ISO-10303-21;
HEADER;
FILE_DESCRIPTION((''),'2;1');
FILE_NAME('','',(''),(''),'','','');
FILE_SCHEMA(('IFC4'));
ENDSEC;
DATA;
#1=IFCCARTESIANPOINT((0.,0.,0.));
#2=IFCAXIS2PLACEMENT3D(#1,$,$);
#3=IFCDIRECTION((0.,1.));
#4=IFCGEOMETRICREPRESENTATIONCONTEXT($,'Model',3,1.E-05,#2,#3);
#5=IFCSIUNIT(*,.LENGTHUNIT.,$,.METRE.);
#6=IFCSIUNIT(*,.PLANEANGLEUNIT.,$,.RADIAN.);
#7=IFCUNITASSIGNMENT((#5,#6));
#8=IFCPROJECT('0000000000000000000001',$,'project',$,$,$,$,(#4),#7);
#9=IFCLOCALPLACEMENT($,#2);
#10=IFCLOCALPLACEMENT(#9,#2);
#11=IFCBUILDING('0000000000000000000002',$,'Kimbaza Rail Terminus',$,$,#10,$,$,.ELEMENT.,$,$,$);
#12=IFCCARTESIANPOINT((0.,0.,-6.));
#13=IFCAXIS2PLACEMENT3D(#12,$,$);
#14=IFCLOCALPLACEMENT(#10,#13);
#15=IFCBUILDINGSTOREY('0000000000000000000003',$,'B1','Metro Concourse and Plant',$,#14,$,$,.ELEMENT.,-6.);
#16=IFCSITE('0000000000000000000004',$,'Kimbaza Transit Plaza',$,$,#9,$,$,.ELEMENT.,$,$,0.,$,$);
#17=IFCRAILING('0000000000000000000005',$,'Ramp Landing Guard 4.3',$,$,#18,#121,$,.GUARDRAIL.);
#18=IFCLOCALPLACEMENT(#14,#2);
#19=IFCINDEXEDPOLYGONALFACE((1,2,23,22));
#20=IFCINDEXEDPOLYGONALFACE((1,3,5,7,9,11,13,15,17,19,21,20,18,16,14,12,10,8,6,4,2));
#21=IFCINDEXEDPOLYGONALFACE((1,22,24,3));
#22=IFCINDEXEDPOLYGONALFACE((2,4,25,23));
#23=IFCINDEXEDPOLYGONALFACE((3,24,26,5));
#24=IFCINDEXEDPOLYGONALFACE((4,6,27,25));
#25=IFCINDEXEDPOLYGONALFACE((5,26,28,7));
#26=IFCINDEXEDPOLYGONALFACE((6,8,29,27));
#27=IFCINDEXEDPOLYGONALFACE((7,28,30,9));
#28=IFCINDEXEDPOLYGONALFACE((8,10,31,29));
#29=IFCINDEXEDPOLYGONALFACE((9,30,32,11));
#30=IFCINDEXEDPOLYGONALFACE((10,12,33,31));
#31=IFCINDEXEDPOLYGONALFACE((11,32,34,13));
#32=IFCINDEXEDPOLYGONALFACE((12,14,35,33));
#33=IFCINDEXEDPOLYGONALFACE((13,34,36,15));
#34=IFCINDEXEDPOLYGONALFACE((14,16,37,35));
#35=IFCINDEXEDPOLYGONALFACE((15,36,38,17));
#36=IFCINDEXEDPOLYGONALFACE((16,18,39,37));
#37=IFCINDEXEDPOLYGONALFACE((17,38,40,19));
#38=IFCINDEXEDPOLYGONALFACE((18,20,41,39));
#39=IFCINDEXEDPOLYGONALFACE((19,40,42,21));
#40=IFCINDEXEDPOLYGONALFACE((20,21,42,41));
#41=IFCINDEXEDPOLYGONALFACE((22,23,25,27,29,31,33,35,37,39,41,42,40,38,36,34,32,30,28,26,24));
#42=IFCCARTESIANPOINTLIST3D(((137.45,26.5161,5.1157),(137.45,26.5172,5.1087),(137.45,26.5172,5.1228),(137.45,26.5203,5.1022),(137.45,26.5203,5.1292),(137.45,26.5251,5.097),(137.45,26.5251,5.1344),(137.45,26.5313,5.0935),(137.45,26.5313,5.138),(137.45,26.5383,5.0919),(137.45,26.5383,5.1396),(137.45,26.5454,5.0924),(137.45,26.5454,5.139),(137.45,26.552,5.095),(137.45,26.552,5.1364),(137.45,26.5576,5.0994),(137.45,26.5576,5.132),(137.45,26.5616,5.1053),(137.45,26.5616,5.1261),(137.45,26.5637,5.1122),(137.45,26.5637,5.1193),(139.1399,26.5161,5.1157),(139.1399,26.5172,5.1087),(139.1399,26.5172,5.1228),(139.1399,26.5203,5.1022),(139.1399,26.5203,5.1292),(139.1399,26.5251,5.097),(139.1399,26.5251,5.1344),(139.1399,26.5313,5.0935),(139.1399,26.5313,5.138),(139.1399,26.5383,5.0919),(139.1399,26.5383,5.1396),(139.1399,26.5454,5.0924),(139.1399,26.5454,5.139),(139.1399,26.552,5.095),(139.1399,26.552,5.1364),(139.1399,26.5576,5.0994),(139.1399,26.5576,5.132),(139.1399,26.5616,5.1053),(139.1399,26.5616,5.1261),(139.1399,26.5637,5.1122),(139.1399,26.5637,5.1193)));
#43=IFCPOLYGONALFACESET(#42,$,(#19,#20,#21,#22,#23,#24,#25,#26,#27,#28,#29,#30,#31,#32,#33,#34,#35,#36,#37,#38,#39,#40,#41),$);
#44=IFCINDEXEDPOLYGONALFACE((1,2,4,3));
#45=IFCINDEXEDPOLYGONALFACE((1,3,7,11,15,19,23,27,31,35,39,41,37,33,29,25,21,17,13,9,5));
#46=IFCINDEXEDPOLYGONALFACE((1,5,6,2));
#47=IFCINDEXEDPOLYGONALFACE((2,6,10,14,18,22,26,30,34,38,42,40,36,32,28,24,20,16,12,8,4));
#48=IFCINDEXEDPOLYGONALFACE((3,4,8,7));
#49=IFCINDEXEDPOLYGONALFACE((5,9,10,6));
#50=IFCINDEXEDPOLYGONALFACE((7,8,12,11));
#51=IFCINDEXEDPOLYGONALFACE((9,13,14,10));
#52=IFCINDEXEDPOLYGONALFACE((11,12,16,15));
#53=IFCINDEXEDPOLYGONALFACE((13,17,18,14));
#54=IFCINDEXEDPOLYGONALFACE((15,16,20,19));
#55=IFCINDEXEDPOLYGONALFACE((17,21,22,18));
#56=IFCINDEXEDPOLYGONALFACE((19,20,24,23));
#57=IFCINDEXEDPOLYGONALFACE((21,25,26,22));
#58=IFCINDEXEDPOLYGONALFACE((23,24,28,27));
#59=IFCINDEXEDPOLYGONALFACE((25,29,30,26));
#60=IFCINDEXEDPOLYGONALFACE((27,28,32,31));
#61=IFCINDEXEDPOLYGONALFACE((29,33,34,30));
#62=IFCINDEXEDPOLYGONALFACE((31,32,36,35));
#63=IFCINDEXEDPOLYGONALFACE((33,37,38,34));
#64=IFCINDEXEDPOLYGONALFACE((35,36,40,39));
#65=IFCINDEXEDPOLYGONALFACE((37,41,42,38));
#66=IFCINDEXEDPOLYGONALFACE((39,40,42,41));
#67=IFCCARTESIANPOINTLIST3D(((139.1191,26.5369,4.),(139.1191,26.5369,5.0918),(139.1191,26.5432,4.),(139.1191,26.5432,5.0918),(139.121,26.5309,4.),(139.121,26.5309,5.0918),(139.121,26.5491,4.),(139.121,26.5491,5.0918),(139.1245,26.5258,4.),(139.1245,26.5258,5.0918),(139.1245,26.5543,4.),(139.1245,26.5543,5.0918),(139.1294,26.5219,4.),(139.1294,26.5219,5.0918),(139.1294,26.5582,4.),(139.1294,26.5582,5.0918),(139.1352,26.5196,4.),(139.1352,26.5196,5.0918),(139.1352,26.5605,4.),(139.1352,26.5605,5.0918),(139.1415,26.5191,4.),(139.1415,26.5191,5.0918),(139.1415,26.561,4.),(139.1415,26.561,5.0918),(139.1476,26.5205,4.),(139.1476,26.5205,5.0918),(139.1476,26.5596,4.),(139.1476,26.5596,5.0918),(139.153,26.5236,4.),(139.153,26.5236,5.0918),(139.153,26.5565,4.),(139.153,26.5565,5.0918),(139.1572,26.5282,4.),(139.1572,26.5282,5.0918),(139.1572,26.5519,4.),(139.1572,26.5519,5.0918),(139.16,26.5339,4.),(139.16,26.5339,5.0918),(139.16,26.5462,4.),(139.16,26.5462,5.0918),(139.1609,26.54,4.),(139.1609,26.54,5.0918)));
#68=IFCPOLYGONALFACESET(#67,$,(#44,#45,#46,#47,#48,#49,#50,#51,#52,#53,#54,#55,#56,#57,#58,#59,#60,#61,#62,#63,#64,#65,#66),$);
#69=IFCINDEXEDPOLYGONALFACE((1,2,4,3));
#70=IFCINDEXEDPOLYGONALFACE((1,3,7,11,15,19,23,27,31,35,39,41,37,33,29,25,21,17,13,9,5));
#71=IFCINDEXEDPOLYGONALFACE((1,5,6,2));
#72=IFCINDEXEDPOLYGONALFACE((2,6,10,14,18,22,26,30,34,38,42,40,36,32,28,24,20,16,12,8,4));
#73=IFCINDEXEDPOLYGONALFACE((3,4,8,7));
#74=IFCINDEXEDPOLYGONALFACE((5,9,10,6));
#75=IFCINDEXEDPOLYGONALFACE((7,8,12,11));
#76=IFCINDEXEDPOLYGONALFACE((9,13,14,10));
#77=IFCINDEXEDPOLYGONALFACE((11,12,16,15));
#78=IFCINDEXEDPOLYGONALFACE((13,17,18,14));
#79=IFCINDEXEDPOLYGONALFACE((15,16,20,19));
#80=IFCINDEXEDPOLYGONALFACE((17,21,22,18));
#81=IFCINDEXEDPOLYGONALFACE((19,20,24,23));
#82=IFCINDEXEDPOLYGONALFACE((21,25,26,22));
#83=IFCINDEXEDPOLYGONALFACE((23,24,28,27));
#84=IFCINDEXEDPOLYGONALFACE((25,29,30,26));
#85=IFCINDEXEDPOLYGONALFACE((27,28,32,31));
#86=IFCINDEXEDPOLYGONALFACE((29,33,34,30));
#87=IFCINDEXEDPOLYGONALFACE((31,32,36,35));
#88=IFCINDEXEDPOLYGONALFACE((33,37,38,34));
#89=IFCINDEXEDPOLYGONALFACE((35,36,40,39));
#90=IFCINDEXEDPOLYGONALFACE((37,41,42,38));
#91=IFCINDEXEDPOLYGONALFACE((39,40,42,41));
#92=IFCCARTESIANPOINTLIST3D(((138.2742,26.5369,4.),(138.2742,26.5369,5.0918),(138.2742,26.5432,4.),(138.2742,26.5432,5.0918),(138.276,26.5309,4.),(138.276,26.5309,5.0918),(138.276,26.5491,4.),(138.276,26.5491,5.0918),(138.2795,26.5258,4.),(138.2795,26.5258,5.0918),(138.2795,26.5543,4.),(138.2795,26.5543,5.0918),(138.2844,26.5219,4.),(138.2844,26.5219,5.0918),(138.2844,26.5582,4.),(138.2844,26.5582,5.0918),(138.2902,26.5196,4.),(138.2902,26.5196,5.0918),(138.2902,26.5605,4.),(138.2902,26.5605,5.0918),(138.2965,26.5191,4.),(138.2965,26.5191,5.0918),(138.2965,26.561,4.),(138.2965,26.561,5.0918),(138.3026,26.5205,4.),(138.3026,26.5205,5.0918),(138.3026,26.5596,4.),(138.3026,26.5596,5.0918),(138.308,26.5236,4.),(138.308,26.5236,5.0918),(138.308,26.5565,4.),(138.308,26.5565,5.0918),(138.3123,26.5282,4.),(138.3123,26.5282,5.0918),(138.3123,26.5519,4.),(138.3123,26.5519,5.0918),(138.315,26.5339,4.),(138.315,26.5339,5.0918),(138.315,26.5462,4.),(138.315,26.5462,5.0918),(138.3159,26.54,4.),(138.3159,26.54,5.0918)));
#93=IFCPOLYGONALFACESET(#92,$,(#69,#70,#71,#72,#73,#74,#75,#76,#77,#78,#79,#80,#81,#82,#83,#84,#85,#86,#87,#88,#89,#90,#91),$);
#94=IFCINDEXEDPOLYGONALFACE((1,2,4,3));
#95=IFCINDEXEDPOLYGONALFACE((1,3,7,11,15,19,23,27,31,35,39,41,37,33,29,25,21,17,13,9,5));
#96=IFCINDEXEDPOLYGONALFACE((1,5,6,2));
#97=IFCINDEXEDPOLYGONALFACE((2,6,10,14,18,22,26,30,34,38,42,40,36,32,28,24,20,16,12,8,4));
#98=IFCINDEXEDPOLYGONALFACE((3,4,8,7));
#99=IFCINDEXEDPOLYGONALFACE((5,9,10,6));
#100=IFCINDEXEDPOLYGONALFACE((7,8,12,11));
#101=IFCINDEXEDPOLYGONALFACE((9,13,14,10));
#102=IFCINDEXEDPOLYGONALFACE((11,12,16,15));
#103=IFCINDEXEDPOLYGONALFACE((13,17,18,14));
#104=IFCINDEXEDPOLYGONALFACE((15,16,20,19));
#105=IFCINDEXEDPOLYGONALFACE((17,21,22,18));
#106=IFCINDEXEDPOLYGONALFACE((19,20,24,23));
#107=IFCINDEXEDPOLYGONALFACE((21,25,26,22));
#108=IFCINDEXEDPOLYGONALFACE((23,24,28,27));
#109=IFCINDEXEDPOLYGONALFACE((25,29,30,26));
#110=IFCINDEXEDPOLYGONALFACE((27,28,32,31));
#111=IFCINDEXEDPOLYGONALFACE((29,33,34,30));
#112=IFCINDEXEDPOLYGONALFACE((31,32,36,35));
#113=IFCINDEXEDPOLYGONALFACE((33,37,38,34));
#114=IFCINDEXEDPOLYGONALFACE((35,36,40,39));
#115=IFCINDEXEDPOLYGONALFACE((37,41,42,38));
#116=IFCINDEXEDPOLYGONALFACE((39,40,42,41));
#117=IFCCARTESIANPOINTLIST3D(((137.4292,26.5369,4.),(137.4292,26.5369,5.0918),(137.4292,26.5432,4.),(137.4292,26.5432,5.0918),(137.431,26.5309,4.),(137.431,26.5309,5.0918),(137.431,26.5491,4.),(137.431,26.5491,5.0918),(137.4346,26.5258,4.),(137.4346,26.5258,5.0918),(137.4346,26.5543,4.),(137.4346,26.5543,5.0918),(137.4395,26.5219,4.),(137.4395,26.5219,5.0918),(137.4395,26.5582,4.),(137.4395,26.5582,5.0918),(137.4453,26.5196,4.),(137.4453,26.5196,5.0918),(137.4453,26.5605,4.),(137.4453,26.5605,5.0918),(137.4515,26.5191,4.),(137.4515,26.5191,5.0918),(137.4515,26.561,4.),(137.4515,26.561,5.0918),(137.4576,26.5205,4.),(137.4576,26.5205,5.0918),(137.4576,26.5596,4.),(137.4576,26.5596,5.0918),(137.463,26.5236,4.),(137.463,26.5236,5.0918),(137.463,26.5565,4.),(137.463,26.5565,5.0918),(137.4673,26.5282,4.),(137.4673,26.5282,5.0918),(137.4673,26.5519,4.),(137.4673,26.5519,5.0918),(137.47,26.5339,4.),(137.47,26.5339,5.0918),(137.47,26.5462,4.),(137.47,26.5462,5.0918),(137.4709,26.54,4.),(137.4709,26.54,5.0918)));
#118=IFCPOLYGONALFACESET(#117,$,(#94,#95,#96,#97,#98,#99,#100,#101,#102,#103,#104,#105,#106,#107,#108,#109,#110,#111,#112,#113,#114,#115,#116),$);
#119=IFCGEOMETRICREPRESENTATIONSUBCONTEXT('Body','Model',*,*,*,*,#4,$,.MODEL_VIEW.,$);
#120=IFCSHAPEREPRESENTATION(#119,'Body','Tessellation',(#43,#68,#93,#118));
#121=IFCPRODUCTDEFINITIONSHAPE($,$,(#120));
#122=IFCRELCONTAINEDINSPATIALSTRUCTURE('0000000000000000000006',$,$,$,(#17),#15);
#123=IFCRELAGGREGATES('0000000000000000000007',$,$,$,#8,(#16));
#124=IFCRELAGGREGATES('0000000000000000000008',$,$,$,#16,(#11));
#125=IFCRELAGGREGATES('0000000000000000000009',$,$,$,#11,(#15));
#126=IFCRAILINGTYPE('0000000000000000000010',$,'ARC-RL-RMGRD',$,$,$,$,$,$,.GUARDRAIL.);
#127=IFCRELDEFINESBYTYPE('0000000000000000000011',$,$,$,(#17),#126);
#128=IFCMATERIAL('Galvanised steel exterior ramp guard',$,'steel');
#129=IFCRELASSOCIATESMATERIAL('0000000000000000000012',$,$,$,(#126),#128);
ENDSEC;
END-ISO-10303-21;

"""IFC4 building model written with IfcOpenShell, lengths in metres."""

from ifc_helpers import new_model, si_unit, direction, frame, origin, origin_2d, place, context, subcontext, project, spatial, circle, extrude, material, type_object, element, save


model = new_model("IFC4")

# Units and contexts
model_context = context("Model", 3, precision=1e-05, world=origin(), true_north=direction((0.0, 1.0)))
body_context = subcontext(model_context, "Body", "Model", "MODEL_VIEW")
ifc_project = project(units=[si_unit("LENGTHUNIT", "METRE"), si_unit("PLANEANGLEUNIT", "RADIAN")], contexts=[model_context])

# Site, building, storey
site_placement = place(None, origin())
site = spatial("IfcSite", under=ifc_project, at=site_placement, Name="Kimbaza Transit Plaza", CompositionType="ELEMENT", RefElevation=0.0)
building_placement = place(site_placement, origin())
building = spatial("IfcBuilding", under=site, at=building_placement, Name="Kimbaza Rail Terminus", CompositionType="ELEMENT")
storey_placement = place(building_placement, frame((0.0, 0.0, -6.0)))
storey = spatial("IfcBuildingStorey", under=building, at=storey_placement, Name="B1", Description="Metro Concourse and Plant", CompositionType="ELEMENT", Elevation=-6.0)

# Railing
ifc_material_1 = material(Name="Galvanised steel exterior ramp guard", Category="steel")
railing_type = type_object("IfcRailingType", Name="ARC-RL-RMGRD", PredefinedType="GUARDRAIL", material=ifc_material_1)
railing_1_placement = place(storey_placement, frame((139.1399, 26.54, 4.0)))
element("IfcRailing", 1, at=railing_1_placement, inside=storey, type_object=railing_type, Name="Ramp Landing Guard 4.3", PredefinedType="GUARDRAIL", context=body_context, shape_type="SweptSolid", body=[
    extrude(circle(Radius=0.0239, at=origin_2d()), frame((0.0, 0.0, 1.1157), z_axis=(-1.0, 0.0, 0.0), x_axis=(0.0, -1.0, 0.0)), (0.0, 0.0, 1.0), 1.6899),
    extrude(circle(Radius=0.021, at=origin_2d()), origin(), (0.0, 0.0, 1.0), 1.0918),
    extrude(circle(Radius=0.021, at=origin_2d()), frame((-0.845, 0.0, 0.0)), (0.0, 0.0, 1.0), 1.0918),
    extrude(circle(Radius=0.021, at=origin_2d()), frame((-1.6899, 0.0, 0.0)), (0.0, 0.0, 1.0), 1.0918),
])

save(model, "model.ifc")
